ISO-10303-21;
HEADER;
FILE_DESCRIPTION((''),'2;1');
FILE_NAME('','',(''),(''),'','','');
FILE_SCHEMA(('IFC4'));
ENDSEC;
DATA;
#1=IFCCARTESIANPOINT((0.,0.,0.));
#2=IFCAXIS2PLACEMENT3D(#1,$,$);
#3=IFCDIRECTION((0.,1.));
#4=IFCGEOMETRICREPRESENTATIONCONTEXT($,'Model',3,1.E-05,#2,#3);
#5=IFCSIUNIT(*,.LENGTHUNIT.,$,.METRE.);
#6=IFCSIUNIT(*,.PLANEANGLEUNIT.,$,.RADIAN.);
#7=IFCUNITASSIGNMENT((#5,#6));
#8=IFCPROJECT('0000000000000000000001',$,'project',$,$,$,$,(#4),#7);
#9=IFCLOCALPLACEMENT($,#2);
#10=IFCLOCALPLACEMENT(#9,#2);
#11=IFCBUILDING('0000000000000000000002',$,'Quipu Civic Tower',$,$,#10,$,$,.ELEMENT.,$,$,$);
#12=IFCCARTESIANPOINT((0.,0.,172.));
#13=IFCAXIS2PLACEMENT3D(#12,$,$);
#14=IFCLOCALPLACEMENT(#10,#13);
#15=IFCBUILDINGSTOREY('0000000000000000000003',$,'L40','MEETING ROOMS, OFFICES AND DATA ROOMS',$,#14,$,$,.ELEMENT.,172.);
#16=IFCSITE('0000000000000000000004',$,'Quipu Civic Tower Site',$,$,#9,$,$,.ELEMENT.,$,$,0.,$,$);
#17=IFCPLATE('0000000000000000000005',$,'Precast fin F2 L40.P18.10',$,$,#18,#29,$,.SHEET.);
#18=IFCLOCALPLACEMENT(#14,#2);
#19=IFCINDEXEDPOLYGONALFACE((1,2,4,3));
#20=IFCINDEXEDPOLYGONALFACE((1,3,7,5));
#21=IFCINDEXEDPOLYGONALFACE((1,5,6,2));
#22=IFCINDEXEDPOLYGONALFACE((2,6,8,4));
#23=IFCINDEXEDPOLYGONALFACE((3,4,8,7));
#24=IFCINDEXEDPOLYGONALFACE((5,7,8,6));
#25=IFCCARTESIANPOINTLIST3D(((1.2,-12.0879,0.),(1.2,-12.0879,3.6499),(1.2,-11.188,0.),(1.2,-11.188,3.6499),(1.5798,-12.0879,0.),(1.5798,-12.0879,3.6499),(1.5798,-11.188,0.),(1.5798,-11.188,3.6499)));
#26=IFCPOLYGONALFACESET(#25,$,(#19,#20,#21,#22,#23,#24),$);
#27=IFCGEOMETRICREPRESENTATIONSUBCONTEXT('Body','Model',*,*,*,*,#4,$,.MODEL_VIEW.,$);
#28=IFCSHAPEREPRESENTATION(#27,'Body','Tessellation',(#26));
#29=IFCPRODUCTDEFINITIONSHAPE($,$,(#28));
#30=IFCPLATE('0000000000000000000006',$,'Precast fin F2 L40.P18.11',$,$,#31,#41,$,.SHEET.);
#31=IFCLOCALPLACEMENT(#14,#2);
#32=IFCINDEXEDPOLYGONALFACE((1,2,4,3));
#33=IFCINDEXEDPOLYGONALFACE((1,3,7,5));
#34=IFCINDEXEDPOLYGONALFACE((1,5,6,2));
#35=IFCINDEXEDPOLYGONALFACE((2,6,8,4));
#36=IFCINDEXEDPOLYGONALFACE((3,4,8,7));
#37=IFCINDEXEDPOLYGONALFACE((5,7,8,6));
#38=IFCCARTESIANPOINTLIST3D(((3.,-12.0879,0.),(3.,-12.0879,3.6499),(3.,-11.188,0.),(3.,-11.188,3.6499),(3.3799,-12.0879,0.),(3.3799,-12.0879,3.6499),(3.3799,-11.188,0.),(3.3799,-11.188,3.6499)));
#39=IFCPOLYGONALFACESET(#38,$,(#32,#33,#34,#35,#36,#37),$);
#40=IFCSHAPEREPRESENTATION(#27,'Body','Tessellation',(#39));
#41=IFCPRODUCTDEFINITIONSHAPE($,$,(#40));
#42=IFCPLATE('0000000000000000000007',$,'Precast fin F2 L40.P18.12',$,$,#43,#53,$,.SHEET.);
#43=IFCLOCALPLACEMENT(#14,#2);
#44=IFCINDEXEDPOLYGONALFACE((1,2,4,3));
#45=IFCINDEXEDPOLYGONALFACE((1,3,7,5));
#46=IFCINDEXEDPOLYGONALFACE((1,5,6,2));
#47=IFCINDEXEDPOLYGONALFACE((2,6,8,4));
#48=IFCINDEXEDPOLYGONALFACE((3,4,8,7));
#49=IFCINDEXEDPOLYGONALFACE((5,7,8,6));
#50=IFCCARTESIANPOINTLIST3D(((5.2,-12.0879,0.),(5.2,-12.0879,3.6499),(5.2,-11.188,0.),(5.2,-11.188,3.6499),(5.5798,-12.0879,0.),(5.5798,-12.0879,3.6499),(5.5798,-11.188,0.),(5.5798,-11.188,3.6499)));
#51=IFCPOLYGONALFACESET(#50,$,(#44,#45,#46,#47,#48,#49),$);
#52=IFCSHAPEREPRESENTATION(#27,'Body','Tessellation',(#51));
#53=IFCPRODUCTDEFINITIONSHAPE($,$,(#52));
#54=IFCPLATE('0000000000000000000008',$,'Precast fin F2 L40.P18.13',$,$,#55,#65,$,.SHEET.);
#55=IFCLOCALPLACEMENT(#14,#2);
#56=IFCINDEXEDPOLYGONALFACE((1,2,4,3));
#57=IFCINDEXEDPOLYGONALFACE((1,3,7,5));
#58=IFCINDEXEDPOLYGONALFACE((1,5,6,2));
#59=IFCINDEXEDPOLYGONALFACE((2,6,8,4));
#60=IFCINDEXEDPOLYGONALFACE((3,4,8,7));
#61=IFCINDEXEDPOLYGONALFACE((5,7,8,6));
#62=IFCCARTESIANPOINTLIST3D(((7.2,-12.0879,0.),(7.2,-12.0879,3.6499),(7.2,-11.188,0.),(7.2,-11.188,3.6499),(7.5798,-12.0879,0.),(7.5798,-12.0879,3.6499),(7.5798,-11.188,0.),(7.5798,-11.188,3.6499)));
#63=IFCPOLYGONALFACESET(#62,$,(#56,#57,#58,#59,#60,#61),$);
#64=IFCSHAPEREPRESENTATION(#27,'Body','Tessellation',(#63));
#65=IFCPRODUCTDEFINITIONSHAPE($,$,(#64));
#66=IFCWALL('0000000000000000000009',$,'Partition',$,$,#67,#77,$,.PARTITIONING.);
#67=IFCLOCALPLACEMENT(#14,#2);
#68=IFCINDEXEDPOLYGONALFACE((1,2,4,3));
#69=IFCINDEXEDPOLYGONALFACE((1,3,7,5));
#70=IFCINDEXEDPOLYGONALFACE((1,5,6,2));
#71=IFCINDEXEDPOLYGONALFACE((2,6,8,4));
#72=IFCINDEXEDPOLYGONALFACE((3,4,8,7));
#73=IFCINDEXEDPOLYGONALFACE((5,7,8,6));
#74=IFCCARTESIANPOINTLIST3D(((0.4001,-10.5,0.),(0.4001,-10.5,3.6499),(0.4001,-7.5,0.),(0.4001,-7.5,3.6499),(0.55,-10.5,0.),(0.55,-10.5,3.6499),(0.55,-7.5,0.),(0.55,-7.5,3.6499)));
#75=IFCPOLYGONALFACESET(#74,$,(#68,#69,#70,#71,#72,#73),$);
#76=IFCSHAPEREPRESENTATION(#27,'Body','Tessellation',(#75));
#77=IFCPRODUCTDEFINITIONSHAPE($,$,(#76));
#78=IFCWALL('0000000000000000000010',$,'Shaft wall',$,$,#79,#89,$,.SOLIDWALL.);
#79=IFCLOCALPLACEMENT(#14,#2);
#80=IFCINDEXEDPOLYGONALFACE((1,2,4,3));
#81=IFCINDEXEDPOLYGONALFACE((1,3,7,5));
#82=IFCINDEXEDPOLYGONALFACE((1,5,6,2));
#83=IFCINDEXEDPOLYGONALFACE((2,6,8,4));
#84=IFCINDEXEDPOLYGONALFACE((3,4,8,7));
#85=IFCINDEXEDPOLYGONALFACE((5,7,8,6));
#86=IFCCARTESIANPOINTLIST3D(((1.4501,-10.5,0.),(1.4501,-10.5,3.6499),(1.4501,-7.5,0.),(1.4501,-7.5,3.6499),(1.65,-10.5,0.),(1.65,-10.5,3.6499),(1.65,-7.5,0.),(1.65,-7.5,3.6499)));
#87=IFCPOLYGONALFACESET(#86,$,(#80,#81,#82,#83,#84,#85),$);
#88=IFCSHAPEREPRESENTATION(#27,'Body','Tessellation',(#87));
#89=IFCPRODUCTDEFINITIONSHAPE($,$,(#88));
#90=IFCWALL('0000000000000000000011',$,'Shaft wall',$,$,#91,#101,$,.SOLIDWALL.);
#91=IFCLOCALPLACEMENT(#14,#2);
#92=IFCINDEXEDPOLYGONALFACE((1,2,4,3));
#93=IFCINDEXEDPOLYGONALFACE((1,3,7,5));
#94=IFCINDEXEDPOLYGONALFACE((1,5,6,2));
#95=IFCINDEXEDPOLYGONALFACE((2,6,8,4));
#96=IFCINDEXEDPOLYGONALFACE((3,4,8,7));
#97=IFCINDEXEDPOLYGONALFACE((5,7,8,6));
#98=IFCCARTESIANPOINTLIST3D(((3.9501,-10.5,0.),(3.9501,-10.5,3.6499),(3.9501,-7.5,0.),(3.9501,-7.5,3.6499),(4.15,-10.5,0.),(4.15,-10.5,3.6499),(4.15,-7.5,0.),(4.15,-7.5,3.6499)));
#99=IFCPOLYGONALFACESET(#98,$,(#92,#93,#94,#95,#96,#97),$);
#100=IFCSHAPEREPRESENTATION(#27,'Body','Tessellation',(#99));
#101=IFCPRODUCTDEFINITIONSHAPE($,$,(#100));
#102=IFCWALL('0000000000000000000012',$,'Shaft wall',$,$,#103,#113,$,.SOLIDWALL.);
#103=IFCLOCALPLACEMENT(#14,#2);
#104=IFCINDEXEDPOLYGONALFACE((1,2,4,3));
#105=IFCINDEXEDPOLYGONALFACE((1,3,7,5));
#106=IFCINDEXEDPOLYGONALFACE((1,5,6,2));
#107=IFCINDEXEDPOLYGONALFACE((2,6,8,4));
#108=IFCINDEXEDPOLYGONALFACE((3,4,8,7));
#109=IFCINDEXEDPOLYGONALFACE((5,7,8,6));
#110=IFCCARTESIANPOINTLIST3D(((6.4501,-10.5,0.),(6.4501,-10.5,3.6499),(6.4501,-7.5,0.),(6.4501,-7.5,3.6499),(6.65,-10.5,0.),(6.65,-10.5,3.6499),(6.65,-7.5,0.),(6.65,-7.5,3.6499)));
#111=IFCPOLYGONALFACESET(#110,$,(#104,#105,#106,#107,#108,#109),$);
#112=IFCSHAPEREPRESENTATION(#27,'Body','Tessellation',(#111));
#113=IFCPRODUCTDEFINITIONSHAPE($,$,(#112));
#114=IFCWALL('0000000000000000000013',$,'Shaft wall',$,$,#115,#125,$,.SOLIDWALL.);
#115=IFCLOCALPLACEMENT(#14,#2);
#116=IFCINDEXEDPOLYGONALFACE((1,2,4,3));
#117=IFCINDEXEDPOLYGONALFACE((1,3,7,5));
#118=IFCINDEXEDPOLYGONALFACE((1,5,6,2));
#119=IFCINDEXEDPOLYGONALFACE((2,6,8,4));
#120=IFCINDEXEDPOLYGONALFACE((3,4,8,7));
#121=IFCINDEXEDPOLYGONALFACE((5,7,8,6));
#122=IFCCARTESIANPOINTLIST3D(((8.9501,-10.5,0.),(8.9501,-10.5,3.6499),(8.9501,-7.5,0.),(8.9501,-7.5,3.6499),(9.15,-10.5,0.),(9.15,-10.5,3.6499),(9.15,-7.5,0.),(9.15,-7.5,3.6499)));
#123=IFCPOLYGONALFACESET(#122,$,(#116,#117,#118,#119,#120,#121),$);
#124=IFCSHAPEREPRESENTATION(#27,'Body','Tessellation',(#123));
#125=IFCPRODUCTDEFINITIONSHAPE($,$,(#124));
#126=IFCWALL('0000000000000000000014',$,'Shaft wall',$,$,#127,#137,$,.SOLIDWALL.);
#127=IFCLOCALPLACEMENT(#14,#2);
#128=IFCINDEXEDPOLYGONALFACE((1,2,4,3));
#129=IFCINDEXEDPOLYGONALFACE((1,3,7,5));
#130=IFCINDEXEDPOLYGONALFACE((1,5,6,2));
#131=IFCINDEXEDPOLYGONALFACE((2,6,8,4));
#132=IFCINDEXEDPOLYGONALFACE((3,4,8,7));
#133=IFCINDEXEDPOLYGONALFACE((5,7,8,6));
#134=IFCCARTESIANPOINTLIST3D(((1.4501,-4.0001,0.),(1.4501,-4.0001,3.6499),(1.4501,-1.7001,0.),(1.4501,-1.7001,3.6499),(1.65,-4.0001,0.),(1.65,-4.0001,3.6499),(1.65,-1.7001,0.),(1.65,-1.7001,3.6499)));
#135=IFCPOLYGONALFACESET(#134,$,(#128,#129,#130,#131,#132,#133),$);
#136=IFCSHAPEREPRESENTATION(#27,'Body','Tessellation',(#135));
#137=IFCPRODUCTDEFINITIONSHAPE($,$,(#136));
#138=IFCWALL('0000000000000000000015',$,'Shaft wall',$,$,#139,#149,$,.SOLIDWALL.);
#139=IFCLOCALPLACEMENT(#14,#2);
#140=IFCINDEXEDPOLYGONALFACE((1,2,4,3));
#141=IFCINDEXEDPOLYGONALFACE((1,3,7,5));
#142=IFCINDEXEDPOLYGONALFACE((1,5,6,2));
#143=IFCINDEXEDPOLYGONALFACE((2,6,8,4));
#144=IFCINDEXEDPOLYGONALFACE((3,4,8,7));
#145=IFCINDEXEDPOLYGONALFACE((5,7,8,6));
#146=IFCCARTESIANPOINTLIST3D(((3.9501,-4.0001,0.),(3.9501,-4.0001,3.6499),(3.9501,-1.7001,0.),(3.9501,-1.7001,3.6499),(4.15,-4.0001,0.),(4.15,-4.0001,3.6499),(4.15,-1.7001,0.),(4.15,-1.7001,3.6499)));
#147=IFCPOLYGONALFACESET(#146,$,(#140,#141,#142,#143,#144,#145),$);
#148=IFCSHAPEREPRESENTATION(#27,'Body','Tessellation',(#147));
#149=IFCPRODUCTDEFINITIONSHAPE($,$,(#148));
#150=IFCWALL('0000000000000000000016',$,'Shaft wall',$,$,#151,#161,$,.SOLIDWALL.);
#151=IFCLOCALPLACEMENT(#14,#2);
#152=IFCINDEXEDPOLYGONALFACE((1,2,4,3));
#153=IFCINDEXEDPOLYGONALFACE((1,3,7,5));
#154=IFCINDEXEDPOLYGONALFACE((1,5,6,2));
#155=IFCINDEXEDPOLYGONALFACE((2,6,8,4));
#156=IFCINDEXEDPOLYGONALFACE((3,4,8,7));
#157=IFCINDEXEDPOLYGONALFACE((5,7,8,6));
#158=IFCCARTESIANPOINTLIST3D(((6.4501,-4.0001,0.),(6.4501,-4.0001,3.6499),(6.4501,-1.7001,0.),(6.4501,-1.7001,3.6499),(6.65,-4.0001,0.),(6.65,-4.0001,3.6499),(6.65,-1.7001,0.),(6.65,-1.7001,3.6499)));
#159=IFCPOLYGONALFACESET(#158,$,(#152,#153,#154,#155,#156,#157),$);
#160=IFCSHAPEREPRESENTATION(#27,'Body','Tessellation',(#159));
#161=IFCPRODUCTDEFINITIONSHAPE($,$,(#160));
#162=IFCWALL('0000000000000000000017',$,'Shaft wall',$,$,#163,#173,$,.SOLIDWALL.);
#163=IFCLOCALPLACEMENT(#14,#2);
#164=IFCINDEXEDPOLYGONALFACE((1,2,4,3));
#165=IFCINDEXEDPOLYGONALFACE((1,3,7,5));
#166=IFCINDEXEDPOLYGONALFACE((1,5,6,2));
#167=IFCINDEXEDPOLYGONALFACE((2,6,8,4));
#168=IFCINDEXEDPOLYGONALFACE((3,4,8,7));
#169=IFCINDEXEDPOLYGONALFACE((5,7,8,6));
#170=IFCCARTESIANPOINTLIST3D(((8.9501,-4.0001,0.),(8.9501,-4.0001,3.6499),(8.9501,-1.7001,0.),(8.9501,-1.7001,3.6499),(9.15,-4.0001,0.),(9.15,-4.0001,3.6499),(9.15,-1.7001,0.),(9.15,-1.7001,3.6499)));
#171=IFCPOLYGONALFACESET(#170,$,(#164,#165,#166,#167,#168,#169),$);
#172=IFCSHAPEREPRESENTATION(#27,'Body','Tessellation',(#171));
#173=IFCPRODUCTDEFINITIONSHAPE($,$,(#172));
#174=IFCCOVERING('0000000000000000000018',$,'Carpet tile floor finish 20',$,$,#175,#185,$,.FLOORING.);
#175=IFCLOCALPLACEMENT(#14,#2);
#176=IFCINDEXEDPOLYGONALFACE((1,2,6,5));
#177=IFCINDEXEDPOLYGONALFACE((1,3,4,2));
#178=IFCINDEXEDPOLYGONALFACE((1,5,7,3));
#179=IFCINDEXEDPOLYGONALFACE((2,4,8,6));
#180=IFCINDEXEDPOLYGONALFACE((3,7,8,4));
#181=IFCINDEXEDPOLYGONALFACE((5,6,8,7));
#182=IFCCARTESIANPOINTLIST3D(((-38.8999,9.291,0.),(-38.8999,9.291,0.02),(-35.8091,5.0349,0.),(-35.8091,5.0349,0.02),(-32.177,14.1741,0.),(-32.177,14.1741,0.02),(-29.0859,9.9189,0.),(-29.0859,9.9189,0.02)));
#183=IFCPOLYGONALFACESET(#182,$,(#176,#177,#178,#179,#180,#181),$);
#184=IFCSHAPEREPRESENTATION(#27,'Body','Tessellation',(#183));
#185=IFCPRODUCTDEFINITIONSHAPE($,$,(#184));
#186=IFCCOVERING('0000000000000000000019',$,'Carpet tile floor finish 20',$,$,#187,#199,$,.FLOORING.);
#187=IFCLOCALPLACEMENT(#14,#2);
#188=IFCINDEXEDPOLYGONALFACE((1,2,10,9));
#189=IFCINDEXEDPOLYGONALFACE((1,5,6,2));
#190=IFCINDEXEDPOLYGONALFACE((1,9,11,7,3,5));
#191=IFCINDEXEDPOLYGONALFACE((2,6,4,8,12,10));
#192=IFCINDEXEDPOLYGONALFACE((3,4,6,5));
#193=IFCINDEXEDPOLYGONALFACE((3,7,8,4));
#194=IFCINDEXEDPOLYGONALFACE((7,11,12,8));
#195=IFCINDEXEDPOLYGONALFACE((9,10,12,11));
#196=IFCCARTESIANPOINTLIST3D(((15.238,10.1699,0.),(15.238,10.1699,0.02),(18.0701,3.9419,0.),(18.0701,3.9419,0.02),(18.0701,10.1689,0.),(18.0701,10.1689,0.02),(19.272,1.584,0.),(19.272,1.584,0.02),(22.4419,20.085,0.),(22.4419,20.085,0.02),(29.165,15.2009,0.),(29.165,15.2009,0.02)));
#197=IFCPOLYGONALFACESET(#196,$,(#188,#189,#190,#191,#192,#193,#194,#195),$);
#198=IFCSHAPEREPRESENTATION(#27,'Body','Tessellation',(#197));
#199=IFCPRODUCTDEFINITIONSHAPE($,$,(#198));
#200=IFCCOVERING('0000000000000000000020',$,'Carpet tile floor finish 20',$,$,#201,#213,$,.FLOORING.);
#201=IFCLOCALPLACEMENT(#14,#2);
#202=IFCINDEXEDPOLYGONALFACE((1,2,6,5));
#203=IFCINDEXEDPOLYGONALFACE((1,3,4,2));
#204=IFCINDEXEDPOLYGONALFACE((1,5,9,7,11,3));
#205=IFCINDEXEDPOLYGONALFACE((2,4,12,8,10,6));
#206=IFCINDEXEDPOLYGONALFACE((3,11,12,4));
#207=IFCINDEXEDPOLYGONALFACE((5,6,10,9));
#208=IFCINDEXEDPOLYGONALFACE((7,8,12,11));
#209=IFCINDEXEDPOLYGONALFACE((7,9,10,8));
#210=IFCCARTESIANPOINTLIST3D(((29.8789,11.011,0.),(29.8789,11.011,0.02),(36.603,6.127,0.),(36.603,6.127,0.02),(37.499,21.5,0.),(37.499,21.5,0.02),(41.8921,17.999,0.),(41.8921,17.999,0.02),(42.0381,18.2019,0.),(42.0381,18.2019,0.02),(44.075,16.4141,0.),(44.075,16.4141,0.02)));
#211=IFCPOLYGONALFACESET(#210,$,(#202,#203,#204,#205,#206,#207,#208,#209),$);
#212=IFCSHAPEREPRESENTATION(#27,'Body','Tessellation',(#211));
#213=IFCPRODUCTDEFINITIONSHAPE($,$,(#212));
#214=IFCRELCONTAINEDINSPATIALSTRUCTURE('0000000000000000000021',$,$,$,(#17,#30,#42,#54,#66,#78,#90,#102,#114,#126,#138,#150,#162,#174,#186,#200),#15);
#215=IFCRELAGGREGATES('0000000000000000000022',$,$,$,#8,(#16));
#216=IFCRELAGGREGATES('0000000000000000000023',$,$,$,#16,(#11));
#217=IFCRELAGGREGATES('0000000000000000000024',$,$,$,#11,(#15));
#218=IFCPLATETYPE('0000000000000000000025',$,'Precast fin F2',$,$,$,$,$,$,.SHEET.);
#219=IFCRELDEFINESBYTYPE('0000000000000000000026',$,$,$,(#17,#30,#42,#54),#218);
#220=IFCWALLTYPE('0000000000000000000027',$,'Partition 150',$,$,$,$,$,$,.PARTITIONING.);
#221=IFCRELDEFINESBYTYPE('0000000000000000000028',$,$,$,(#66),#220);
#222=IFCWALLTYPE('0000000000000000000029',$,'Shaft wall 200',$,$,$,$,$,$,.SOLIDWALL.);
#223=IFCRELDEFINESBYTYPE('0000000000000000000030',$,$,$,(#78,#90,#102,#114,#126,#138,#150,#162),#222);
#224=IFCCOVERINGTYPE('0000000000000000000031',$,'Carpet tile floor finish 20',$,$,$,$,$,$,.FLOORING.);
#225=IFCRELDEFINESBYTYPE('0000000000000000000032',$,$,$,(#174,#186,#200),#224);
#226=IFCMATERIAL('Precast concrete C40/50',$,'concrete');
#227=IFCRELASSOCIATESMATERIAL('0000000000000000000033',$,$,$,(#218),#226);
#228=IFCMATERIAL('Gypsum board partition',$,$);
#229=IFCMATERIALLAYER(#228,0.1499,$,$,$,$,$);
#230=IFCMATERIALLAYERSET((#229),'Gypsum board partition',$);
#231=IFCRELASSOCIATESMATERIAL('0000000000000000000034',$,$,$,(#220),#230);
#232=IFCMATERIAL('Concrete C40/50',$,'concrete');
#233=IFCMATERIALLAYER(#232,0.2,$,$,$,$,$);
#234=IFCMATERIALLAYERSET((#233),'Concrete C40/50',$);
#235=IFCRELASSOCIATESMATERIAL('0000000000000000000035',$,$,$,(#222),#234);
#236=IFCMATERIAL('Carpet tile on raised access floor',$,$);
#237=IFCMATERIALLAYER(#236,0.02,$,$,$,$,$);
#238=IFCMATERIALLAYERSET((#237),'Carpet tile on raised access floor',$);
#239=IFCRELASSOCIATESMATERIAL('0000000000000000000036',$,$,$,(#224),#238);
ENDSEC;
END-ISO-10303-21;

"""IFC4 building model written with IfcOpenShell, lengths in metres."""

from ifc_helpers import new_model, si_unit, direction, frame, frame_2d, origin, origin_2d, place, context, subcontext, project, spatial, polyline, rectangle, outline, extrude, material, layer, layer_set, type_object, element, save


model = new_model("IFC4")

# Units and contexts
model_context = context("Model", 3, precision=1e-05, world=origin(), true_north=direction((0.0, 1.0)))
body_context = subcontext(model_context, "Body", "Model", "MODEL_VIEW")
ifc_project = project(units=[si_unit("LENGTHUNIT", "METRE"), si_unit("PLANEANGLEUNIT", "RADIAN")], contexts=[model_context])

# Site, building, storey
site_placement = place(None, origin())
site = spatial("IfcSite", under=ifc_project, at=site_placement, Name="Quipu Civic Tower Site", CompositionType="ELEMENT", RefElevation=0.0)
building_placement = place(site_placement, origin())
building = spatial("IfcBuilding", under=site, at=building_placement, Name="Quipu Civic Tower", CompositionType="ELEMENT")
storey_placement = place(building_placement, frame((0.0, 0.0, 172.0)))
storey = spatial("IfcBuildingStorey", under=building, at=storey_placement, Name="L40", Description="MEETING ROOMS, OFFICES AND DATA ROOMS", CompositionType="ELEMENT", Elevation=172.0)

# Plates
ifc_material_1 = material(Name="Precast concrete C40/50", Category="concrete")
plate_type = type_object("IfcPlateType", Name="Precast fin F2", PredefinedType="SHEET", material=ifc_material_1)
for number, where, z_axis, x_axis, name in (
    (1, (1.3899, -11.6379, 0.0), (0.0, 0.0, 1.0), (1.0, 0.0, 0.0), "Precast fin F2 L40.P18.10"),
    (2, (3.1899, -11.6379, 0.0), (0.0, 0.0, 1.0), (1.0, 0.0, 0.0), "Precast fin F2 L40.P18.11"),
    (3, (5.3899, -11.6379, 0.0), (0.0, 0.0, 1.0), (1.0, 0.0, 0.0), "Precast fin F2 L40.P18.12"),
    (4, (7.3899, -11.6379, 0.0), (0.0, 0.0, 1.0), (1.0, 0.0, 0.0), "Precast fin F2 L40.P18.13"),
):
    element("IfcPlate", number, at=place(storey_placement, frame(where, z_axis=z_axis, x_axis=x_axis)), inside=storey, type_object=plate_type, Name=name, PredefinedType="SHEET", context=body_context, shape_type="SweptSolid", body=[
        extrude(rectangle(XDim=0.3799, YDim=0.8999, at=origin_2d()), origin(), (0.0, 0.0, 1.0), 3.6499),
    ])

# Walls
ifc_material_2 = material(Name="Gypsum board partition")
ifc_layer_1 = layer(ifc_material_2, 0.1499)
ifc_layer_set_1 = layer_set([ifc_layer_1], Name="Gypsum board partition")
wall_type_1 = type_object("IfcWallType", Name="Partition 150", PredefinedType="PARTITIONING", material=ifc_layer_set_1)
wall_placement = place(storey_placement, frame((0.4751, -10.5, 0.0), z_axis=(0.0, 0.0, 1.0), x_axis=(0.0, 1.0, 0.0)))
element("IfcWall", 5, at=wall_placement, inside=storey, type_object=wall_type_1, Name="Partition", PredefinedType="PARTITIONING", context=body_context, shape_type="SweptSolid", body=[
    extrude(rectangle(XDim=3.0, YDim=0.1499, at=frame_2d((1.5, 0.0))), origin(), (0.0, 0.0, 1.0), 3.6499),
])
ifc_material_3 = material(Name="Concrete C40/50", Category="concrete")
ifc_layer_2 = layer(ifc_material_3, 0.2)
ifc_layer_set_2 = layer_set([ifc_layer_2], Name="Concrete C40/50")
wall_type_2 = type_object("IfcWallType", Name="Shaft wall 200", PredefinedType="SOLIDWALL", material=ifc_layer_set_2)
for number, where, z_axis, x_axis, name in (
    (6, (1.55, -10.5, 0.0), (0.0, 0.0, 1.0), (0.0, 1.0, 0.0), "Shaft wall"),
    (7, (4.05, -10.5, 0.0), (0.0, 0.0, 1.0), (0.0, 1.0, 0.0), "Shaft wall"),
    (8, (6.55, -10.5, 0.0), (0.0, 0.0, 1.0), (0.0, 1.0, 0.0), "Shaft wall"),
    (9, (9.05, -10.5, 0.0), (0.0, 0.0, 1.0), (0.0, 1.0, 0.0), "Shaft wall"),
):
    element("IfcWall", number, at=place(storey_placement, frame(where, z_axis=z_axis, x_axis=x_axis)), inside=storey, type_object=wall_type_2, Name=name, PredefinedType="SOLIDWALL", context=body_context, shape_type="SweptSolid", body=[
        extrude(rectangle(XDim=3.0, YDim=0.2, at=frame_2d((1.5, 0.0))), origin(), (0.0, 0.0, 1.0), 3.6499),
    ])
for number, where, z_axis, x_axis, name in (
    (10, (1.55, -4.0, 0.0), (0.0, 0.0, 1.0), (0.0, 1.0, 0.0), "Shaft wall"),
    (11, (4.05, -4.0, 0.0), (0.0, 0.0, 1.0), (0.0, 1.0, 0.0), "Shaft wall"),
    (12, (6.55, -4.0, 0.0), (0.0, 0.0, 1.0), (0.0, 1.0, 0.0), "Shaft wall"),
    (13, (9.05, -4.0, 0.0), (0.0, 0.0, 1.0), (0.0, 1.0, 0.0), "Shaft wall"),
):
    element("IfcWall", number, at=place(storey_placement, frame(where, z_axis=z_axis, x_axis=x_axis)), inside=storey, type_object=wall_type_2, Name=name, PredefinedType="SOLIDWALL", context=body_context, shape_type="SweptSolid", body=[
        extrude(rectangle(XDim=2.3, YDim=0.2, at=frame_2d((1.1499, 0.0))), origin(), (0.0, 0.0, 1.0), 3.6499),
    ])

# Coverings
ifc_material_4 = material(Name="Carpet tile on raised access floor")
ifc_layer_3 = layer(ifc_material_4, 0.02)
ifc_layer_set_3 = layer_set([ifc_layer_3], Name="Carpet tile on raised access floor")
covering_type_1 = type_object("IfcCoveringType", Name="Carpet tile floor finish 20", PredefinedType="FLOORING", material=ifc_layer_set_3)
covering_1_placement = place(storey_placement, origin())
element("IfcCovering", 14, at=covering_1_placement, inside=storey, type_object=covering_type_1, Name="Carpet tile floor finish 20", PredefinedType="FLOORING", context=body_context, shape_type="SweptSolid", body=[
    extrude(outline(polyline([(-38.8999, 9.291), (-32.177, 14.1741), (-29.0859, 9.9189), (-35.8091, 5.0349), (-38.8999, 9.291)])), origin(), (0.0, 0.0, 1.0), 0.02),
])
covering_2_placement = place(storey_placement, origin())
element("IfcCovering", 15, at=covering_2_placement, inside=storey, type_object=covering_type_1, Name="Carpet tile floor finish 20", PredefinedType="FLOORING", context=body_context, shape_type="SweptSolid", body=[
    extrude(outline(polyline([(15.238, 10.1699), (22.4419, 20.085), (29.165, 15.2009), (19.272, 1.584), (18.0701, 3.9419), (18.0701, 10.1689), (15.238, 10.1699)])), origin(), (0.0, 0.0, 1.0), 0.02),
])
covering_3_placement = place(storey_placement, origin())
element("IfcCovering", 16, at=covering_3_placement, inside=storey, type_object=covering_type_1, Name="Carpet tile floor finish 20", PredefinedType="FLOORING", context=body_context, shape_type="SweptSolid", body=[
    extrude(outline(polyline([(29.8789, 11.011), (37.499, 21.5), (42.0381, 18.2019), (41.8921, 17.999), (44.075, 16.4141), (36.603, 6.127), (29.8789, 11.011)])), origin(), (0.0, 0.0, 1.0), 0.02),
])

save(model, "model.ifc")
